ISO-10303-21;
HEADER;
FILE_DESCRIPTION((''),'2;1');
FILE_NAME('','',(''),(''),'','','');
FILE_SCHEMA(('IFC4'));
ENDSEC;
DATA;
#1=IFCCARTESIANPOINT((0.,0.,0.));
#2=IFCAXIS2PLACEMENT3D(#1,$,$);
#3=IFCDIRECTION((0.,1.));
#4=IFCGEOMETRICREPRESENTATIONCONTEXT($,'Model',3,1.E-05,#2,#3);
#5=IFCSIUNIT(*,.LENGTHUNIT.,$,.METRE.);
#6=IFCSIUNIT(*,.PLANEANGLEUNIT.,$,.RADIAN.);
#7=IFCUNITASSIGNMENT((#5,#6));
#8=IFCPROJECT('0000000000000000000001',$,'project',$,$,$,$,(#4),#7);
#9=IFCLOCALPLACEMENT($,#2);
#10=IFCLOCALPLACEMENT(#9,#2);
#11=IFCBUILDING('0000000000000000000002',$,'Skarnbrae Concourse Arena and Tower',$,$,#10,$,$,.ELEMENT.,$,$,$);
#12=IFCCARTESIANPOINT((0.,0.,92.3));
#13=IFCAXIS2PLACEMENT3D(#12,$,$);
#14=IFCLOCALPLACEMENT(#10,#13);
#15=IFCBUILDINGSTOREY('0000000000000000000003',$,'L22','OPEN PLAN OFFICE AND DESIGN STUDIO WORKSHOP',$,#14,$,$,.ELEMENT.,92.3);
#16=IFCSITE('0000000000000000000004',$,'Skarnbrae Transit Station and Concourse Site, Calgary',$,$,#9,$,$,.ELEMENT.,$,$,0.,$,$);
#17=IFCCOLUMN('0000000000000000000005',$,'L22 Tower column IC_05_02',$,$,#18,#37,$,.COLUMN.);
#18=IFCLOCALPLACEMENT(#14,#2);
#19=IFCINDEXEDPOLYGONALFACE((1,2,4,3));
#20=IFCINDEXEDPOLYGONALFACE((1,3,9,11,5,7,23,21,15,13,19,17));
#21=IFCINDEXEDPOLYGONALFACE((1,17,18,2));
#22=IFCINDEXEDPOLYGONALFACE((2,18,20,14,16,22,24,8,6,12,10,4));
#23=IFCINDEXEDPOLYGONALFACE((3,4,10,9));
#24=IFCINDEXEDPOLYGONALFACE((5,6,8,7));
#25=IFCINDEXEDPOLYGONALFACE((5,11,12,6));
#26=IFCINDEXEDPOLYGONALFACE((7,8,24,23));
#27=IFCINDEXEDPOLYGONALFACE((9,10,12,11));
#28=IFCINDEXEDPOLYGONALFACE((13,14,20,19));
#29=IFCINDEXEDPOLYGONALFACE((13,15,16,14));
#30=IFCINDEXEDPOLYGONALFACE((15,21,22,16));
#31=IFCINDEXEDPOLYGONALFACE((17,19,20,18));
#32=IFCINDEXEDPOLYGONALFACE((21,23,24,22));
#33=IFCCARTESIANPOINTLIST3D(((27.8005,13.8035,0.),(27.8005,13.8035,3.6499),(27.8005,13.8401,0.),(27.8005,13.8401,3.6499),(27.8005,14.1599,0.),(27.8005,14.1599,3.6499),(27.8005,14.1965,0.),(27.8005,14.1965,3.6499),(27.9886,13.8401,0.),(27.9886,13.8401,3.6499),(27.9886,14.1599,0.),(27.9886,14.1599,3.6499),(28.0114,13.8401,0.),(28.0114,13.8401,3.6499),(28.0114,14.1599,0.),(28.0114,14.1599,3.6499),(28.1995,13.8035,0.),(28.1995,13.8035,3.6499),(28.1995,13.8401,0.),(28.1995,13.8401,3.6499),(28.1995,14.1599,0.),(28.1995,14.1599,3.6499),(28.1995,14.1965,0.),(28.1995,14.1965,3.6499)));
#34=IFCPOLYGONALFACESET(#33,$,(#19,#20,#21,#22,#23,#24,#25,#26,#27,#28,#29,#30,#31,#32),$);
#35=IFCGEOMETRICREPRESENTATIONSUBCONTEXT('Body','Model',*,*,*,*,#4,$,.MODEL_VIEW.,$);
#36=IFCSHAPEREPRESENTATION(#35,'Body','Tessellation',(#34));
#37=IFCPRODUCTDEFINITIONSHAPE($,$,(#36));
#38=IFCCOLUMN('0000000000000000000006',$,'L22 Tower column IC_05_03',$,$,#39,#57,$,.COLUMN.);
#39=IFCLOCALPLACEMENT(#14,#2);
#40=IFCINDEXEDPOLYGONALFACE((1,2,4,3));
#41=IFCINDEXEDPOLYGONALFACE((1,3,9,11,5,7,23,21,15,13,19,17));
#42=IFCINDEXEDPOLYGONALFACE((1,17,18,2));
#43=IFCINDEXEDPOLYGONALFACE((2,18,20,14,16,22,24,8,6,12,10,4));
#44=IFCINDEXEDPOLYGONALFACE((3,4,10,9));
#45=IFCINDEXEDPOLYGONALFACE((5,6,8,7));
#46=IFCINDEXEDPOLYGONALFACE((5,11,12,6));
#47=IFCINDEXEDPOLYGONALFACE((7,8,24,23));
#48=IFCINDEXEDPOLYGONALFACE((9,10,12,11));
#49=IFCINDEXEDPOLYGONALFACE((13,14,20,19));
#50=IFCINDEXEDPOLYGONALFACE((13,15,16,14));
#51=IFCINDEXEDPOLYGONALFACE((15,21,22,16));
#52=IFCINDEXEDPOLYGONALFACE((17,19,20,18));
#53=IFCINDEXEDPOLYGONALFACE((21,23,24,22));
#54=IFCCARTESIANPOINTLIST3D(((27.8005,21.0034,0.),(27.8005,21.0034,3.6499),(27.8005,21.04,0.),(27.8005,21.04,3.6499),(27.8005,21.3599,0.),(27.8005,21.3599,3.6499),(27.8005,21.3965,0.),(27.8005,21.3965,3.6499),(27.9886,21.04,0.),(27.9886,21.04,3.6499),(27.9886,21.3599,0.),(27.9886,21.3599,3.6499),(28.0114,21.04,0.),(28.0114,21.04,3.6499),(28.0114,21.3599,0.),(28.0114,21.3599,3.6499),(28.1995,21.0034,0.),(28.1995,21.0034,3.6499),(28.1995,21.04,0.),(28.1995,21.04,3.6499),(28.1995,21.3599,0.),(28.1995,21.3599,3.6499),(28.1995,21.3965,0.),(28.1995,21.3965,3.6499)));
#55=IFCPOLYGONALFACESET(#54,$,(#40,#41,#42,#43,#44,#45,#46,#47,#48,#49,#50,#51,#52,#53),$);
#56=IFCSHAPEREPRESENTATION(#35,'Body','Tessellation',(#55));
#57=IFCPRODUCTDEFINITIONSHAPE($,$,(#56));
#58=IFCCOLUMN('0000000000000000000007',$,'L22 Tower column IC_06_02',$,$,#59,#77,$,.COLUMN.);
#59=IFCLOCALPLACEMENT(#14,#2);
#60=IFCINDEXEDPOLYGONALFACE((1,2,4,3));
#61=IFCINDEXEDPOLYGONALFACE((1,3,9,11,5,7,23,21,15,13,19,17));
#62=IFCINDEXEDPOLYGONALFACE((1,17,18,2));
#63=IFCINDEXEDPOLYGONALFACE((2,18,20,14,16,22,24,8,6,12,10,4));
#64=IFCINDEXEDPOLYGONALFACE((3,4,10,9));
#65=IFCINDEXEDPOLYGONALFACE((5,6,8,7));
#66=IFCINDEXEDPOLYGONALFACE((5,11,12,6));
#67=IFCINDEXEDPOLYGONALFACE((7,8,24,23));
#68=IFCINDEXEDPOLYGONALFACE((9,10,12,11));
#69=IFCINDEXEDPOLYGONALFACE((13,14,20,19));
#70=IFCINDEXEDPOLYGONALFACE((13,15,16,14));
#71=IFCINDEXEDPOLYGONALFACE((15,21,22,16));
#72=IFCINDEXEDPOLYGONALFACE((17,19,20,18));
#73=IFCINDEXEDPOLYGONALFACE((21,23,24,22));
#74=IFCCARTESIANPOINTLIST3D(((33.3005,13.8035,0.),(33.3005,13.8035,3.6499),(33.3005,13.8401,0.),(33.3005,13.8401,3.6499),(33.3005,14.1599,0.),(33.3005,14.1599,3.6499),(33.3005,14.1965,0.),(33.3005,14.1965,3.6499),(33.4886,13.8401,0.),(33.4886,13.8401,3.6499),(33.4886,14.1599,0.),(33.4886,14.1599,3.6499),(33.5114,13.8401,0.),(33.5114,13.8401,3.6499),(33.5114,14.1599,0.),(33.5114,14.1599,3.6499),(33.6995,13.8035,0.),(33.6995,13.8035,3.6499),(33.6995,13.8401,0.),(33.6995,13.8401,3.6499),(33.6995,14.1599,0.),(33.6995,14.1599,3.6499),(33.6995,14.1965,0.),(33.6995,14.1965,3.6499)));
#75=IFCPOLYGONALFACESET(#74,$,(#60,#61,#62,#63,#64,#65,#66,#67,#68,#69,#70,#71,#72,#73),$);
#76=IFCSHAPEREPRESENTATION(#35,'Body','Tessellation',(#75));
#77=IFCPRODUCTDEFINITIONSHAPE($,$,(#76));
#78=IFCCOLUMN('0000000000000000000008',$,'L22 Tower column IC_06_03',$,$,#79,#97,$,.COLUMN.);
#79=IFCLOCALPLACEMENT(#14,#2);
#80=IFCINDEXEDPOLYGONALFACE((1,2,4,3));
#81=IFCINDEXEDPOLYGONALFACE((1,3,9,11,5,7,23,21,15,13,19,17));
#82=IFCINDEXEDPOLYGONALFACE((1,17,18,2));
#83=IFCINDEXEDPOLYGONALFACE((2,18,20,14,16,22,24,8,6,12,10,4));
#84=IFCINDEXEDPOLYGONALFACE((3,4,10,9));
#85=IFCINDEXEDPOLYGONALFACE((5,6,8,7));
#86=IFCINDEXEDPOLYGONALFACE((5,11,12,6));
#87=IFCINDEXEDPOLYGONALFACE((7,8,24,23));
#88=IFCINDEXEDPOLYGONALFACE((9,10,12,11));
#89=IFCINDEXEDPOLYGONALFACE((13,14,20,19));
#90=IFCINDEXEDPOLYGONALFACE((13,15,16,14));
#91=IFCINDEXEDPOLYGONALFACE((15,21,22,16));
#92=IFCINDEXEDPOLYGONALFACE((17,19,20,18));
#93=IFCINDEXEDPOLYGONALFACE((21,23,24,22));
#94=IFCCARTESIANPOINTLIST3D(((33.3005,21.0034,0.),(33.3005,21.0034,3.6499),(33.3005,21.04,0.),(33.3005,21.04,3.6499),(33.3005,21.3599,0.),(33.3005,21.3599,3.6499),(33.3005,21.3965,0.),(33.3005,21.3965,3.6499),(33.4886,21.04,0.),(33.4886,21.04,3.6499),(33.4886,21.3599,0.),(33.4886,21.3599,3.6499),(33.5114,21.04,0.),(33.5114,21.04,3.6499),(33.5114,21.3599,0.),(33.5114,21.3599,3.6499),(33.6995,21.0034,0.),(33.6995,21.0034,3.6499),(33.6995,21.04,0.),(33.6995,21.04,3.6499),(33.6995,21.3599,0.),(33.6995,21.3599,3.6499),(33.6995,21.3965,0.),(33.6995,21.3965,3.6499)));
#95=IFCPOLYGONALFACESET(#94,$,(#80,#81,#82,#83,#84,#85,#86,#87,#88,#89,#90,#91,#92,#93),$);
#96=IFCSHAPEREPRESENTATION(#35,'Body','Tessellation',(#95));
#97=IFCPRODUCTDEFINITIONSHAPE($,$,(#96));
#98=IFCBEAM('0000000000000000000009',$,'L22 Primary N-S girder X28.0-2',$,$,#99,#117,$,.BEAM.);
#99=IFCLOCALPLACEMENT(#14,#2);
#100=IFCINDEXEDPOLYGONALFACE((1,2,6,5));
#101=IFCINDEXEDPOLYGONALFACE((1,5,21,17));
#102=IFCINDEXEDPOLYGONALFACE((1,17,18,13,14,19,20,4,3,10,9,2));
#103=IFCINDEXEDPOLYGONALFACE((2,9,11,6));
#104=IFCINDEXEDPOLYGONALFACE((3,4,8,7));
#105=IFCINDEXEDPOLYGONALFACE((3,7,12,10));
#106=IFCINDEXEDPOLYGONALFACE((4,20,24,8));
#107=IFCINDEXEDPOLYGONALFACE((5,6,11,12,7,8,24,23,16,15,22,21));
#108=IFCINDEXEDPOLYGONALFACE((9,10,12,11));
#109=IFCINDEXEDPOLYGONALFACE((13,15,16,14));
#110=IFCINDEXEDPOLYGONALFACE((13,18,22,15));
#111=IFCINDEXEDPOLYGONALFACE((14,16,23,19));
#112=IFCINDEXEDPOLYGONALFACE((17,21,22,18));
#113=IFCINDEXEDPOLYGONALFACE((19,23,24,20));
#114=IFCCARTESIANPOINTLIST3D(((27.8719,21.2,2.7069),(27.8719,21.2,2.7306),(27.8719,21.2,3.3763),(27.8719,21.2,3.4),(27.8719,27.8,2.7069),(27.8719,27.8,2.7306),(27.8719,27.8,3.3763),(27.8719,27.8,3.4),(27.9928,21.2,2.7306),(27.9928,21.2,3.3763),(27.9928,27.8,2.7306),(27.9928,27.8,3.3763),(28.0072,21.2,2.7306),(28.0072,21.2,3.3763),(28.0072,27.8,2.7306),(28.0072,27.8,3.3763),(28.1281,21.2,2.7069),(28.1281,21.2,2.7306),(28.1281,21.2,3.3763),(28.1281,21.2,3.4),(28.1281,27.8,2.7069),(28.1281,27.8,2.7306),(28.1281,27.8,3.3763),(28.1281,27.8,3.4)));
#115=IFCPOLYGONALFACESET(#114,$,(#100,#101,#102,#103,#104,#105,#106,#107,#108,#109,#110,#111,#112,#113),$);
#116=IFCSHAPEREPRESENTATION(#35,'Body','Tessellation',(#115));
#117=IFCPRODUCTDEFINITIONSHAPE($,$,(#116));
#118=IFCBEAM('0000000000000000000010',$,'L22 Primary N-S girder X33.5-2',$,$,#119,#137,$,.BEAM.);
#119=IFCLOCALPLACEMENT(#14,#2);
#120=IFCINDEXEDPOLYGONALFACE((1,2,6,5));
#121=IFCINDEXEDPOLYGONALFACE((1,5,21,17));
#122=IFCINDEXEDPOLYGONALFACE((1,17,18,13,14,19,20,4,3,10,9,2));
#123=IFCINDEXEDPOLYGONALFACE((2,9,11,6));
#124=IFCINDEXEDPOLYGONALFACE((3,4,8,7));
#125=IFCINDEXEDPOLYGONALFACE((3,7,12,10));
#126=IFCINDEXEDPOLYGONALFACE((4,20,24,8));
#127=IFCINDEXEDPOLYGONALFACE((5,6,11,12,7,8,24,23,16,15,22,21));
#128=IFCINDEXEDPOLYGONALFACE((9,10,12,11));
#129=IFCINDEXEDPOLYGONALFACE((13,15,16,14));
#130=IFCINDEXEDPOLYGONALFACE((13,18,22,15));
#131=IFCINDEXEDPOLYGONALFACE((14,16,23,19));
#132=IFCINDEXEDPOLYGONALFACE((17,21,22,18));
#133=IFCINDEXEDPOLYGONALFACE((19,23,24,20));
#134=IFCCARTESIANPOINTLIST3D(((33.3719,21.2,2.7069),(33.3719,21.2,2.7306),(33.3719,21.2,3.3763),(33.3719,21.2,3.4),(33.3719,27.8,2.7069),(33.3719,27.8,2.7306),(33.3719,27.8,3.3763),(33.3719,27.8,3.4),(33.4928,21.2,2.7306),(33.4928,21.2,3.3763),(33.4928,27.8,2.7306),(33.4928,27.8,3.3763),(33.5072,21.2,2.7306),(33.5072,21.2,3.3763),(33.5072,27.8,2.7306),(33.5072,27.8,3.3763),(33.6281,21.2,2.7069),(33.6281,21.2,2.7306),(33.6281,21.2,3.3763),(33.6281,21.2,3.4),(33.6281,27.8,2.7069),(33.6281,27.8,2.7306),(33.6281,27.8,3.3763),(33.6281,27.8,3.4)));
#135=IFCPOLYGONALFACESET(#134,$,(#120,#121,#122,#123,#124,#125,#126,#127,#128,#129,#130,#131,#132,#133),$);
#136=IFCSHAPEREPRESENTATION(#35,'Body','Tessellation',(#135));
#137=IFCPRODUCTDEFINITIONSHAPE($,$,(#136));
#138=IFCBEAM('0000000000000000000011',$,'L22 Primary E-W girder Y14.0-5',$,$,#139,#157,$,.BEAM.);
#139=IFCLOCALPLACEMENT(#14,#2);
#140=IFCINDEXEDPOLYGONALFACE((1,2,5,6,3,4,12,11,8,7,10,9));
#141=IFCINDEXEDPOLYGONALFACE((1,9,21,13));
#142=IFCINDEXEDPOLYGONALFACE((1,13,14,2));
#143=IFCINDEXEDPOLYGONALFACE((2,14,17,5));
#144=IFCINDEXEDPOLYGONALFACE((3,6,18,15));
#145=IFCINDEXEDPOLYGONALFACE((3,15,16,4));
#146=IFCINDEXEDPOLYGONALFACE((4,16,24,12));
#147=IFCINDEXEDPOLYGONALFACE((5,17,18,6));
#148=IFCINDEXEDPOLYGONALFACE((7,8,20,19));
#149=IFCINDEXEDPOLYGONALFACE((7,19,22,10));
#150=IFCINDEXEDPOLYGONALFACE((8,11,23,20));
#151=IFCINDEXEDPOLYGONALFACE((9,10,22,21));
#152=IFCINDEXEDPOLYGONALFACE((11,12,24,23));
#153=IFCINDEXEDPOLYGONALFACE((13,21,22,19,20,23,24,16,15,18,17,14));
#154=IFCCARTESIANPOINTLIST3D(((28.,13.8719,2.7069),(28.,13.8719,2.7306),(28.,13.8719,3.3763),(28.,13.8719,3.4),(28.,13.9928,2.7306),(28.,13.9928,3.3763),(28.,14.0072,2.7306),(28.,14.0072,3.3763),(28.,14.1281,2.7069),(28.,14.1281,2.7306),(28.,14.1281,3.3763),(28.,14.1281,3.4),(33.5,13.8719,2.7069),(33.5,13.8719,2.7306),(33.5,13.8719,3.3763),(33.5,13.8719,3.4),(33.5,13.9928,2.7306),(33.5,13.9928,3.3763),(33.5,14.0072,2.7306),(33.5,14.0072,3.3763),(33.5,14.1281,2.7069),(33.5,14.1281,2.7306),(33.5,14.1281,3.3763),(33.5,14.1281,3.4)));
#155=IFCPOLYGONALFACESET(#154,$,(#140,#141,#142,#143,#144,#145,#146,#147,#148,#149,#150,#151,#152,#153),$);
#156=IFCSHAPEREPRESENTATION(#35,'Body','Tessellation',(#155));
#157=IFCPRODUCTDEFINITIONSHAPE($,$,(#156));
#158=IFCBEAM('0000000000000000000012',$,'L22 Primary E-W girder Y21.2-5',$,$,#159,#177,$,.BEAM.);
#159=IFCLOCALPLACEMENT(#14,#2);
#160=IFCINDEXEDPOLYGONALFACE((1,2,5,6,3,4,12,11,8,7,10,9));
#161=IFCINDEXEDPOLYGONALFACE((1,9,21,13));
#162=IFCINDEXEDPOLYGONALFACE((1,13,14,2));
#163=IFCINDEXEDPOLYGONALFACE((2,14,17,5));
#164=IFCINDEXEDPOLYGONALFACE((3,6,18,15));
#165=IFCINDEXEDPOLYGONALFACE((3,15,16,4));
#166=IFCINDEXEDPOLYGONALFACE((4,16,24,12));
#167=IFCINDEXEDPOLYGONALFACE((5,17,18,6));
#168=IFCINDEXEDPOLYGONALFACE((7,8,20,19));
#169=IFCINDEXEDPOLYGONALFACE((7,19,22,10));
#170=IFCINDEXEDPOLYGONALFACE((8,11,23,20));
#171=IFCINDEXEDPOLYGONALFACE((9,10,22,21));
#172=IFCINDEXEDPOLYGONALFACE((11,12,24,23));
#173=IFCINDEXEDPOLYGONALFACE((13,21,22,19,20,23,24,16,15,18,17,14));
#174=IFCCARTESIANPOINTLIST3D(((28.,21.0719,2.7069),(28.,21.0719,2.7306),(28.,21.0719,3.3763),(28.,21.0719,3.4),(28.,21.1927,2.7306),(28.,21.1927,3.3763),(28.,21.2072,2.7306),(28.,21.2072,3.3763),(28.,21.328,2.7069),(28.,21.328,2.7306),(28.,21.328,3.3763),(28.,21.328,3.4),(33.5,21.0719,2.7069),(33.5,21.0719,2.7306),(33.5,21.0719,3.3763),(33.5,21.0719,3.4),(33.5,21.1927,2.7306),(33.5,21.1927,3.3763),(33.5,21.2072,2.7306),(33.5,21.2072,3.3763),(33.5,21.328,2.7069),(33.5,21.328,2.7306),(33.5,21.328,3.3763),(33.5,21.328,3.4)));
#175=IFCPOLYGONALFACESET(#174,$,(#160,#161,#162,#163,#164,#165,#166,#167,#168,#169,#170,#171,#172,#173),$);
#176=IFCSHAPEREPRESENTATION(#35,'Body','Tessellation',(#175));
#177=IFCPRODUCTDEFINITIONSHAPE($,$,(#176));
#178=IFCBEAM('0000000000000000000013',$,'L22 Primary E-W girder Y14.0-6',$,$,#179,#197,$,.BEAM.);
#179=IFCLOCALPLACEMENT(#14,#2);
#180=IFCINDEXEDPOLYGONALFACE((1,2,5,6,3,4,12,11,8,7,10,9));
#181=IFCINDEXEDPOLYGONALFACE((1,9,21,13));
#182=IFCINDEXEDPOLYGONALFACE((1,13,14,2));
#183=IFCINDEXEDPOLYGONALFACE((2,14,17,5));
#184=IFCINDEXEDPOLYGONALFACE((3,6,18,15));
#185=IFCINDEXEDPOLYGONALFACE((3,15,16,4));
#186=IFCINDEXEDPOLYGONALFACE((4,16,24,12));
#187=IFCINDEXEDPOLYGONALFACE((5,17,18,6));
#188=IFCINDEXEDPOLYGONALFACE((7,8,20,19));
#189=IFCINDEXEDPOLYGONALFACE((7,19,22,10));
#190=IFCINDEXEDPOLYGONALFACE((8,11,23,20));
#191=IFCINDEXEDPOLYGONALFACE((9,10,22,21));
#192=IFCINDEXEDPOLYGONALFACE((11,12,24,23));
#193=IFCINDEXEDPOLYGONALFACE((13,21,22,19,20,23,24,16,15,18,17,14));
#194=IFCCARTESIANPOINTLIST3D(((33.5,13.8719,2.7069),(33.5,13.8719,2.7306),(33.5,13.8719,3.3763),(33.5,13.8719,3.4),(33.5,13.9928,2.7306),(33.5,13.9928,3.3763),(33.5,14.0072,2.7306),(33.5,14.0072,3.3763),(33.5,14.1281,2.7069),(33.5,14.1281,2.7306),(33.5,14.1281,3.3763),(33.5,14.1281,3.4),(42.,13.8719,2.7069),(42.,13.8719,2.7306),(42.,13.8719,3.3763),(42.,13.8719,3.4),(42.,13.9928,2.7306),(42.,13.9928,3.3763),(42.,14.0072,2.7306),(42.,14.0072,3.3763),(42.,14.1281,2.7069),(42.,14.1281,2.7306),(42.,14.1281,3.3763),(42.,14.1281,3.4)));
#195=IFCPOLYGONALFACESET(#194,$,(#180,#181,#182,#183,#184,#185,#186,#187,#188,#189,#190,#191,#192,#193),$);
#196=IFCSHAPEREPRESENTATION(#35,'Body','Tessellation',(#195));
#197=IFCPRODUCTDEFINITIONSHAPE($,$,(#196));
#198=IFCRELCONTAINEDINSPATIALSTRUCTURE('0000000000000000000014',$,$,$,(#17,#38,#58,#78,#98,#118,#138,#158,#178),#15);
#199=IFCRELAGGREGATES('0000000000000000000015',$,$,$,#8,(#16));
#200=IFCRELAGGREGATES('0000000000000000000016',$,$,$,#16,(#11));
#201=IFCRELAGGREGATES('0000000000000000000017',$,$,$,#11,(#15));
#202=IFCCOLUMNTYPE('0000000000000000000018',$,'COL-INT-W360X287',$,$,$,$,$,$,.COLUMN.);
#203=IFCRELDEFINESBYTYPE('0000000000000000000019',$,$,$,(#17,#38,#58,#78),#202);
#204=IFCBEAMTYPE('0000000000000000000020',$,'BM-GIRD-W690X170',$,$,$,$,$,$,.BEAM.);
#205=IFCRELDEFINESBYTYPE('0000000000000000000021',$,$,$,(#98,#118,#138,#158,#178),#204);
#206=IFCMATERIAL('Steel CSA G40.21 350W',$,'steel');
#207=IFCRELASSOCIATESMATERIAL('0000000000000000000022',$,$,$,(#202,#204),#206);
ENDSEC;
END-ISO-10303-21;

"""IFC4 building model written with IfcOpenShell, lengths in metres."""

from ifc_helpers import new_model, si_unit, direction, frame, origin, origin_2d, place, context, subcontext, project, spatial, i_section, extrude, source, transform, mapped, material, material_profile, profile_set, type_object, element, save


model = new_model("IFC4")

# Units and contexts
model_context = context("Model", 3, precision=1e-05, world=origin(), true_north=direction((0.0, 1.0)))
body_context = subcontext(model_context, "Body", "Model", "MODEL_VIEW")
ifc_project = project(units=[si_unit("LENGTHUNIT", "METRE"), si_unit("PLANEANGLEUNIT", "RADIAN")], contexts=[model_context])

# Site, building, storey
site_placement = place(None, origin())
site = spatial("IfcSite", under=ifc_project, at=site_placement, Name="Skarnbrae Transit Station and Concourse Site, Calgary", CompositionType="ELEMENT", RefElevation=0.0)
building_placement = place(site_placement, origin())
building = spatial("IfcBuilding", under=site, at=building_placement, Name="Skarnbrae Concourse Arena and Tower", CompositionType="ELEMENT")
storey_placement = place(building_placement, frame((0.0, 0.0, 92.3)))
storey = spatial("IfcBuildingStorey", under=building, at=storey_placement, Name="L22", Description="OPEN PLAN OFFICE AND DESIGN STUDIO WORKSHOP", CompositionType="ELEMENT", Elevation=92.3)

# Columns
ifc_material_1 = material(Name="Steel CSA G40.21 350W", Category="steel")
ifc_material_profile_1 = material_profile(ifc_material_1, i_section(OverallWidth=0.3989, OverallDepth=0.3931, WebThickness=0.0227, FlangeThickness=0.0366, at=origin_2d()), Name="W360X287")
ifc_profile_set_1 = profile_set([ifc_material_profile_1], Name="Steel CSA G40.21 350W")
column_type = type_object("IfcColumnType", Name="COL-INT-W360X287", PredefinedType="COLUMN", material=ifc_profile_set_1)
shared_shape_1 = source(origin(), body_context, "Body", "SweptSolid", [
    extrude(i_section(OverallWidth=0.3989, OverallDepth=0.3931, WebThickness=0.0227, FlangeThickness=0.0366, at=origin_2d()), origin(), (0.0, 0.0, 1.0), 3.6499),
])
for number, where, z_axis, x_axis, name in (
    (1, (28.0, 14.0, 0.0), (0.0, 0.0, 1.0), (1.0, 0.0, 0.0), "L22 Tower column IC_05_02"),
    (2, (28.0, 21.2, 0.0), (0.0, 0.0, 1.0), (1.0, 0.0, 0.0), "L22 Tower column IC_05_03"),
    (3, (33.5, 14.0, 0.0), (0.0, 0.0, 1.0), (1.0, 0.0, 0.0), "L22 Tower column IC_06_02"),
    (4, (33.5, 21.2, 0.0), (0.0, 0.0, 1.0), (1.0, 0.0, 0.0), "L22 Tower column IC_06_03"),
):
    element("IfcColumn", number, at=place(storey_placement, frame(where, z_axis=z_axis, x_axis=x_axis)), inside=storey, type_object=column_type, Name=name, PredefinedType="COLUMN", context=body_context, shape_type="MappedRepresentation", body=[
        mapped(shared_shape_1, transform((0.0, 0.0, 0.0))),
    ])

# Beams
ifc_material_profile_2 = material_profile(ifc_material_1, i_section(OverallWidth=0.2561, OverallDepth=0.6931, WebThickness=0.0144, FlangeThickness=0.0237, at=origin_2d()), Name="W690X170")
ifc_profile_set_2 = profile_set([ifc_material_profile_2], Name="Steel CSA G40.21 350W")
beam_type_1 = type_object("IfcBeamType", Name="BM-GIRD-W690X170", PredefinedType="BEAM", material=ifc_profile_set_2)
shared_shape_2 = source(origin(), body_context, "Body", "SweptSolid", [
    extrude(i_section(OverallWidth=0.2561, OverallDepth=0.6931, WebThickness=0.0144, FlangeThickness=0.0237, at=origin_2d()), origin(), (0.0, 0.0, 1.0), 6.6001),
])
for number, where, z_axis, x_axis, name in (
    (5, (28.0, 21.2, 3.0535), (0.0, 1.0, 0.0), (-1.0, 0.0, 0.0), "L22 Primary N-S girder X28.0-2"),
    (6, (33.5, 21.2, 3.0535), (0.0, 1.0, 0.0), (-1.0, 0.0, 0.0), "L22 Primary N-S girder X33.5-2"),
):
    element("IfcBeam", number, at=place(storey_placement, frame(where, z_axis=z_axis, x_axis=x_axis)), inside=storey, type_object=beam_type_1, Name=name, PredefinedType="BEAM", context=body_context, shape_type="MappedRepresentation", body=[
        mapped(shared_shape_2, transform((0.0, 0.0, 0.0))),
    ])
shared_shape_3 = source(origin(), body_context, "Body", "SweptSolid", [
    extrude(i_section(OverallWidth=0.2561, OverallDepth=0.6931, WebThickness=0.0144, FlangeThickness=0.0237, at=origin_2d()), origin(), (0.0, 0.0, 1.0), 5.5),
])
for number, where, z_axis, x_axis, name in (
    (7, (28.0, 14.0, 3.0535), (1.0, 0.0, 0.0), (0.0, 1.0, 0.0), "L22 Primary E-W girder Y14.0-5"),
    (8, (28.0, 21.2, 3.0535), (1.0, 0.0, 0.0), (0.0, 1.0, 0.0), "L22 Primary E-W girder Y21.2-5"),
):
    element("IfcBeam", number, at=place(storey_placement, frame(where, z_axis=z_axis, x_axis=x_axis)), inside=storey, type_object=beam_type_1, Name=name, PredefinedType="BEAM", context=body_context, shape_type="MappedRepresentation", body=[
        mapped(shared_shape_3, transform((0.0, 0.0, 0.0))),
    ])
shared_shape_4 = source(origin(), body_context, "Body", "SweptSolid", [
    extrude(i_section(OverallWidth=0.2561, OverallDepth=0.6931, WebThickness=0.0144, FlangeThickness=0.0237, at=origin_2d()), origin(), (0.0, 0.0, 1.0), 8.5),
])
for number, where, z_axis, x_axis, name in (
    (9, (33.5, 14.0, 3.0535), (1.0, 0.0, 0.0), (0.0, 1.0, 0.0), "L22 Primary E-W girder Y14.0-6"),
):
    element("IfcBeam", number, at=place(storey_placement, frame(where, z_axis=z_axis, x_axis=x_axis)), inside=storey, type_object=beam_type_1, Name=name, PredefinedType="BEAM", context=body_context, shape_type="MappedRepresentation", body=[
        mapped(shared_shape_4, transform((0.0, 0.0, 0.0))),
    ])

save(model, "model.ifc")
